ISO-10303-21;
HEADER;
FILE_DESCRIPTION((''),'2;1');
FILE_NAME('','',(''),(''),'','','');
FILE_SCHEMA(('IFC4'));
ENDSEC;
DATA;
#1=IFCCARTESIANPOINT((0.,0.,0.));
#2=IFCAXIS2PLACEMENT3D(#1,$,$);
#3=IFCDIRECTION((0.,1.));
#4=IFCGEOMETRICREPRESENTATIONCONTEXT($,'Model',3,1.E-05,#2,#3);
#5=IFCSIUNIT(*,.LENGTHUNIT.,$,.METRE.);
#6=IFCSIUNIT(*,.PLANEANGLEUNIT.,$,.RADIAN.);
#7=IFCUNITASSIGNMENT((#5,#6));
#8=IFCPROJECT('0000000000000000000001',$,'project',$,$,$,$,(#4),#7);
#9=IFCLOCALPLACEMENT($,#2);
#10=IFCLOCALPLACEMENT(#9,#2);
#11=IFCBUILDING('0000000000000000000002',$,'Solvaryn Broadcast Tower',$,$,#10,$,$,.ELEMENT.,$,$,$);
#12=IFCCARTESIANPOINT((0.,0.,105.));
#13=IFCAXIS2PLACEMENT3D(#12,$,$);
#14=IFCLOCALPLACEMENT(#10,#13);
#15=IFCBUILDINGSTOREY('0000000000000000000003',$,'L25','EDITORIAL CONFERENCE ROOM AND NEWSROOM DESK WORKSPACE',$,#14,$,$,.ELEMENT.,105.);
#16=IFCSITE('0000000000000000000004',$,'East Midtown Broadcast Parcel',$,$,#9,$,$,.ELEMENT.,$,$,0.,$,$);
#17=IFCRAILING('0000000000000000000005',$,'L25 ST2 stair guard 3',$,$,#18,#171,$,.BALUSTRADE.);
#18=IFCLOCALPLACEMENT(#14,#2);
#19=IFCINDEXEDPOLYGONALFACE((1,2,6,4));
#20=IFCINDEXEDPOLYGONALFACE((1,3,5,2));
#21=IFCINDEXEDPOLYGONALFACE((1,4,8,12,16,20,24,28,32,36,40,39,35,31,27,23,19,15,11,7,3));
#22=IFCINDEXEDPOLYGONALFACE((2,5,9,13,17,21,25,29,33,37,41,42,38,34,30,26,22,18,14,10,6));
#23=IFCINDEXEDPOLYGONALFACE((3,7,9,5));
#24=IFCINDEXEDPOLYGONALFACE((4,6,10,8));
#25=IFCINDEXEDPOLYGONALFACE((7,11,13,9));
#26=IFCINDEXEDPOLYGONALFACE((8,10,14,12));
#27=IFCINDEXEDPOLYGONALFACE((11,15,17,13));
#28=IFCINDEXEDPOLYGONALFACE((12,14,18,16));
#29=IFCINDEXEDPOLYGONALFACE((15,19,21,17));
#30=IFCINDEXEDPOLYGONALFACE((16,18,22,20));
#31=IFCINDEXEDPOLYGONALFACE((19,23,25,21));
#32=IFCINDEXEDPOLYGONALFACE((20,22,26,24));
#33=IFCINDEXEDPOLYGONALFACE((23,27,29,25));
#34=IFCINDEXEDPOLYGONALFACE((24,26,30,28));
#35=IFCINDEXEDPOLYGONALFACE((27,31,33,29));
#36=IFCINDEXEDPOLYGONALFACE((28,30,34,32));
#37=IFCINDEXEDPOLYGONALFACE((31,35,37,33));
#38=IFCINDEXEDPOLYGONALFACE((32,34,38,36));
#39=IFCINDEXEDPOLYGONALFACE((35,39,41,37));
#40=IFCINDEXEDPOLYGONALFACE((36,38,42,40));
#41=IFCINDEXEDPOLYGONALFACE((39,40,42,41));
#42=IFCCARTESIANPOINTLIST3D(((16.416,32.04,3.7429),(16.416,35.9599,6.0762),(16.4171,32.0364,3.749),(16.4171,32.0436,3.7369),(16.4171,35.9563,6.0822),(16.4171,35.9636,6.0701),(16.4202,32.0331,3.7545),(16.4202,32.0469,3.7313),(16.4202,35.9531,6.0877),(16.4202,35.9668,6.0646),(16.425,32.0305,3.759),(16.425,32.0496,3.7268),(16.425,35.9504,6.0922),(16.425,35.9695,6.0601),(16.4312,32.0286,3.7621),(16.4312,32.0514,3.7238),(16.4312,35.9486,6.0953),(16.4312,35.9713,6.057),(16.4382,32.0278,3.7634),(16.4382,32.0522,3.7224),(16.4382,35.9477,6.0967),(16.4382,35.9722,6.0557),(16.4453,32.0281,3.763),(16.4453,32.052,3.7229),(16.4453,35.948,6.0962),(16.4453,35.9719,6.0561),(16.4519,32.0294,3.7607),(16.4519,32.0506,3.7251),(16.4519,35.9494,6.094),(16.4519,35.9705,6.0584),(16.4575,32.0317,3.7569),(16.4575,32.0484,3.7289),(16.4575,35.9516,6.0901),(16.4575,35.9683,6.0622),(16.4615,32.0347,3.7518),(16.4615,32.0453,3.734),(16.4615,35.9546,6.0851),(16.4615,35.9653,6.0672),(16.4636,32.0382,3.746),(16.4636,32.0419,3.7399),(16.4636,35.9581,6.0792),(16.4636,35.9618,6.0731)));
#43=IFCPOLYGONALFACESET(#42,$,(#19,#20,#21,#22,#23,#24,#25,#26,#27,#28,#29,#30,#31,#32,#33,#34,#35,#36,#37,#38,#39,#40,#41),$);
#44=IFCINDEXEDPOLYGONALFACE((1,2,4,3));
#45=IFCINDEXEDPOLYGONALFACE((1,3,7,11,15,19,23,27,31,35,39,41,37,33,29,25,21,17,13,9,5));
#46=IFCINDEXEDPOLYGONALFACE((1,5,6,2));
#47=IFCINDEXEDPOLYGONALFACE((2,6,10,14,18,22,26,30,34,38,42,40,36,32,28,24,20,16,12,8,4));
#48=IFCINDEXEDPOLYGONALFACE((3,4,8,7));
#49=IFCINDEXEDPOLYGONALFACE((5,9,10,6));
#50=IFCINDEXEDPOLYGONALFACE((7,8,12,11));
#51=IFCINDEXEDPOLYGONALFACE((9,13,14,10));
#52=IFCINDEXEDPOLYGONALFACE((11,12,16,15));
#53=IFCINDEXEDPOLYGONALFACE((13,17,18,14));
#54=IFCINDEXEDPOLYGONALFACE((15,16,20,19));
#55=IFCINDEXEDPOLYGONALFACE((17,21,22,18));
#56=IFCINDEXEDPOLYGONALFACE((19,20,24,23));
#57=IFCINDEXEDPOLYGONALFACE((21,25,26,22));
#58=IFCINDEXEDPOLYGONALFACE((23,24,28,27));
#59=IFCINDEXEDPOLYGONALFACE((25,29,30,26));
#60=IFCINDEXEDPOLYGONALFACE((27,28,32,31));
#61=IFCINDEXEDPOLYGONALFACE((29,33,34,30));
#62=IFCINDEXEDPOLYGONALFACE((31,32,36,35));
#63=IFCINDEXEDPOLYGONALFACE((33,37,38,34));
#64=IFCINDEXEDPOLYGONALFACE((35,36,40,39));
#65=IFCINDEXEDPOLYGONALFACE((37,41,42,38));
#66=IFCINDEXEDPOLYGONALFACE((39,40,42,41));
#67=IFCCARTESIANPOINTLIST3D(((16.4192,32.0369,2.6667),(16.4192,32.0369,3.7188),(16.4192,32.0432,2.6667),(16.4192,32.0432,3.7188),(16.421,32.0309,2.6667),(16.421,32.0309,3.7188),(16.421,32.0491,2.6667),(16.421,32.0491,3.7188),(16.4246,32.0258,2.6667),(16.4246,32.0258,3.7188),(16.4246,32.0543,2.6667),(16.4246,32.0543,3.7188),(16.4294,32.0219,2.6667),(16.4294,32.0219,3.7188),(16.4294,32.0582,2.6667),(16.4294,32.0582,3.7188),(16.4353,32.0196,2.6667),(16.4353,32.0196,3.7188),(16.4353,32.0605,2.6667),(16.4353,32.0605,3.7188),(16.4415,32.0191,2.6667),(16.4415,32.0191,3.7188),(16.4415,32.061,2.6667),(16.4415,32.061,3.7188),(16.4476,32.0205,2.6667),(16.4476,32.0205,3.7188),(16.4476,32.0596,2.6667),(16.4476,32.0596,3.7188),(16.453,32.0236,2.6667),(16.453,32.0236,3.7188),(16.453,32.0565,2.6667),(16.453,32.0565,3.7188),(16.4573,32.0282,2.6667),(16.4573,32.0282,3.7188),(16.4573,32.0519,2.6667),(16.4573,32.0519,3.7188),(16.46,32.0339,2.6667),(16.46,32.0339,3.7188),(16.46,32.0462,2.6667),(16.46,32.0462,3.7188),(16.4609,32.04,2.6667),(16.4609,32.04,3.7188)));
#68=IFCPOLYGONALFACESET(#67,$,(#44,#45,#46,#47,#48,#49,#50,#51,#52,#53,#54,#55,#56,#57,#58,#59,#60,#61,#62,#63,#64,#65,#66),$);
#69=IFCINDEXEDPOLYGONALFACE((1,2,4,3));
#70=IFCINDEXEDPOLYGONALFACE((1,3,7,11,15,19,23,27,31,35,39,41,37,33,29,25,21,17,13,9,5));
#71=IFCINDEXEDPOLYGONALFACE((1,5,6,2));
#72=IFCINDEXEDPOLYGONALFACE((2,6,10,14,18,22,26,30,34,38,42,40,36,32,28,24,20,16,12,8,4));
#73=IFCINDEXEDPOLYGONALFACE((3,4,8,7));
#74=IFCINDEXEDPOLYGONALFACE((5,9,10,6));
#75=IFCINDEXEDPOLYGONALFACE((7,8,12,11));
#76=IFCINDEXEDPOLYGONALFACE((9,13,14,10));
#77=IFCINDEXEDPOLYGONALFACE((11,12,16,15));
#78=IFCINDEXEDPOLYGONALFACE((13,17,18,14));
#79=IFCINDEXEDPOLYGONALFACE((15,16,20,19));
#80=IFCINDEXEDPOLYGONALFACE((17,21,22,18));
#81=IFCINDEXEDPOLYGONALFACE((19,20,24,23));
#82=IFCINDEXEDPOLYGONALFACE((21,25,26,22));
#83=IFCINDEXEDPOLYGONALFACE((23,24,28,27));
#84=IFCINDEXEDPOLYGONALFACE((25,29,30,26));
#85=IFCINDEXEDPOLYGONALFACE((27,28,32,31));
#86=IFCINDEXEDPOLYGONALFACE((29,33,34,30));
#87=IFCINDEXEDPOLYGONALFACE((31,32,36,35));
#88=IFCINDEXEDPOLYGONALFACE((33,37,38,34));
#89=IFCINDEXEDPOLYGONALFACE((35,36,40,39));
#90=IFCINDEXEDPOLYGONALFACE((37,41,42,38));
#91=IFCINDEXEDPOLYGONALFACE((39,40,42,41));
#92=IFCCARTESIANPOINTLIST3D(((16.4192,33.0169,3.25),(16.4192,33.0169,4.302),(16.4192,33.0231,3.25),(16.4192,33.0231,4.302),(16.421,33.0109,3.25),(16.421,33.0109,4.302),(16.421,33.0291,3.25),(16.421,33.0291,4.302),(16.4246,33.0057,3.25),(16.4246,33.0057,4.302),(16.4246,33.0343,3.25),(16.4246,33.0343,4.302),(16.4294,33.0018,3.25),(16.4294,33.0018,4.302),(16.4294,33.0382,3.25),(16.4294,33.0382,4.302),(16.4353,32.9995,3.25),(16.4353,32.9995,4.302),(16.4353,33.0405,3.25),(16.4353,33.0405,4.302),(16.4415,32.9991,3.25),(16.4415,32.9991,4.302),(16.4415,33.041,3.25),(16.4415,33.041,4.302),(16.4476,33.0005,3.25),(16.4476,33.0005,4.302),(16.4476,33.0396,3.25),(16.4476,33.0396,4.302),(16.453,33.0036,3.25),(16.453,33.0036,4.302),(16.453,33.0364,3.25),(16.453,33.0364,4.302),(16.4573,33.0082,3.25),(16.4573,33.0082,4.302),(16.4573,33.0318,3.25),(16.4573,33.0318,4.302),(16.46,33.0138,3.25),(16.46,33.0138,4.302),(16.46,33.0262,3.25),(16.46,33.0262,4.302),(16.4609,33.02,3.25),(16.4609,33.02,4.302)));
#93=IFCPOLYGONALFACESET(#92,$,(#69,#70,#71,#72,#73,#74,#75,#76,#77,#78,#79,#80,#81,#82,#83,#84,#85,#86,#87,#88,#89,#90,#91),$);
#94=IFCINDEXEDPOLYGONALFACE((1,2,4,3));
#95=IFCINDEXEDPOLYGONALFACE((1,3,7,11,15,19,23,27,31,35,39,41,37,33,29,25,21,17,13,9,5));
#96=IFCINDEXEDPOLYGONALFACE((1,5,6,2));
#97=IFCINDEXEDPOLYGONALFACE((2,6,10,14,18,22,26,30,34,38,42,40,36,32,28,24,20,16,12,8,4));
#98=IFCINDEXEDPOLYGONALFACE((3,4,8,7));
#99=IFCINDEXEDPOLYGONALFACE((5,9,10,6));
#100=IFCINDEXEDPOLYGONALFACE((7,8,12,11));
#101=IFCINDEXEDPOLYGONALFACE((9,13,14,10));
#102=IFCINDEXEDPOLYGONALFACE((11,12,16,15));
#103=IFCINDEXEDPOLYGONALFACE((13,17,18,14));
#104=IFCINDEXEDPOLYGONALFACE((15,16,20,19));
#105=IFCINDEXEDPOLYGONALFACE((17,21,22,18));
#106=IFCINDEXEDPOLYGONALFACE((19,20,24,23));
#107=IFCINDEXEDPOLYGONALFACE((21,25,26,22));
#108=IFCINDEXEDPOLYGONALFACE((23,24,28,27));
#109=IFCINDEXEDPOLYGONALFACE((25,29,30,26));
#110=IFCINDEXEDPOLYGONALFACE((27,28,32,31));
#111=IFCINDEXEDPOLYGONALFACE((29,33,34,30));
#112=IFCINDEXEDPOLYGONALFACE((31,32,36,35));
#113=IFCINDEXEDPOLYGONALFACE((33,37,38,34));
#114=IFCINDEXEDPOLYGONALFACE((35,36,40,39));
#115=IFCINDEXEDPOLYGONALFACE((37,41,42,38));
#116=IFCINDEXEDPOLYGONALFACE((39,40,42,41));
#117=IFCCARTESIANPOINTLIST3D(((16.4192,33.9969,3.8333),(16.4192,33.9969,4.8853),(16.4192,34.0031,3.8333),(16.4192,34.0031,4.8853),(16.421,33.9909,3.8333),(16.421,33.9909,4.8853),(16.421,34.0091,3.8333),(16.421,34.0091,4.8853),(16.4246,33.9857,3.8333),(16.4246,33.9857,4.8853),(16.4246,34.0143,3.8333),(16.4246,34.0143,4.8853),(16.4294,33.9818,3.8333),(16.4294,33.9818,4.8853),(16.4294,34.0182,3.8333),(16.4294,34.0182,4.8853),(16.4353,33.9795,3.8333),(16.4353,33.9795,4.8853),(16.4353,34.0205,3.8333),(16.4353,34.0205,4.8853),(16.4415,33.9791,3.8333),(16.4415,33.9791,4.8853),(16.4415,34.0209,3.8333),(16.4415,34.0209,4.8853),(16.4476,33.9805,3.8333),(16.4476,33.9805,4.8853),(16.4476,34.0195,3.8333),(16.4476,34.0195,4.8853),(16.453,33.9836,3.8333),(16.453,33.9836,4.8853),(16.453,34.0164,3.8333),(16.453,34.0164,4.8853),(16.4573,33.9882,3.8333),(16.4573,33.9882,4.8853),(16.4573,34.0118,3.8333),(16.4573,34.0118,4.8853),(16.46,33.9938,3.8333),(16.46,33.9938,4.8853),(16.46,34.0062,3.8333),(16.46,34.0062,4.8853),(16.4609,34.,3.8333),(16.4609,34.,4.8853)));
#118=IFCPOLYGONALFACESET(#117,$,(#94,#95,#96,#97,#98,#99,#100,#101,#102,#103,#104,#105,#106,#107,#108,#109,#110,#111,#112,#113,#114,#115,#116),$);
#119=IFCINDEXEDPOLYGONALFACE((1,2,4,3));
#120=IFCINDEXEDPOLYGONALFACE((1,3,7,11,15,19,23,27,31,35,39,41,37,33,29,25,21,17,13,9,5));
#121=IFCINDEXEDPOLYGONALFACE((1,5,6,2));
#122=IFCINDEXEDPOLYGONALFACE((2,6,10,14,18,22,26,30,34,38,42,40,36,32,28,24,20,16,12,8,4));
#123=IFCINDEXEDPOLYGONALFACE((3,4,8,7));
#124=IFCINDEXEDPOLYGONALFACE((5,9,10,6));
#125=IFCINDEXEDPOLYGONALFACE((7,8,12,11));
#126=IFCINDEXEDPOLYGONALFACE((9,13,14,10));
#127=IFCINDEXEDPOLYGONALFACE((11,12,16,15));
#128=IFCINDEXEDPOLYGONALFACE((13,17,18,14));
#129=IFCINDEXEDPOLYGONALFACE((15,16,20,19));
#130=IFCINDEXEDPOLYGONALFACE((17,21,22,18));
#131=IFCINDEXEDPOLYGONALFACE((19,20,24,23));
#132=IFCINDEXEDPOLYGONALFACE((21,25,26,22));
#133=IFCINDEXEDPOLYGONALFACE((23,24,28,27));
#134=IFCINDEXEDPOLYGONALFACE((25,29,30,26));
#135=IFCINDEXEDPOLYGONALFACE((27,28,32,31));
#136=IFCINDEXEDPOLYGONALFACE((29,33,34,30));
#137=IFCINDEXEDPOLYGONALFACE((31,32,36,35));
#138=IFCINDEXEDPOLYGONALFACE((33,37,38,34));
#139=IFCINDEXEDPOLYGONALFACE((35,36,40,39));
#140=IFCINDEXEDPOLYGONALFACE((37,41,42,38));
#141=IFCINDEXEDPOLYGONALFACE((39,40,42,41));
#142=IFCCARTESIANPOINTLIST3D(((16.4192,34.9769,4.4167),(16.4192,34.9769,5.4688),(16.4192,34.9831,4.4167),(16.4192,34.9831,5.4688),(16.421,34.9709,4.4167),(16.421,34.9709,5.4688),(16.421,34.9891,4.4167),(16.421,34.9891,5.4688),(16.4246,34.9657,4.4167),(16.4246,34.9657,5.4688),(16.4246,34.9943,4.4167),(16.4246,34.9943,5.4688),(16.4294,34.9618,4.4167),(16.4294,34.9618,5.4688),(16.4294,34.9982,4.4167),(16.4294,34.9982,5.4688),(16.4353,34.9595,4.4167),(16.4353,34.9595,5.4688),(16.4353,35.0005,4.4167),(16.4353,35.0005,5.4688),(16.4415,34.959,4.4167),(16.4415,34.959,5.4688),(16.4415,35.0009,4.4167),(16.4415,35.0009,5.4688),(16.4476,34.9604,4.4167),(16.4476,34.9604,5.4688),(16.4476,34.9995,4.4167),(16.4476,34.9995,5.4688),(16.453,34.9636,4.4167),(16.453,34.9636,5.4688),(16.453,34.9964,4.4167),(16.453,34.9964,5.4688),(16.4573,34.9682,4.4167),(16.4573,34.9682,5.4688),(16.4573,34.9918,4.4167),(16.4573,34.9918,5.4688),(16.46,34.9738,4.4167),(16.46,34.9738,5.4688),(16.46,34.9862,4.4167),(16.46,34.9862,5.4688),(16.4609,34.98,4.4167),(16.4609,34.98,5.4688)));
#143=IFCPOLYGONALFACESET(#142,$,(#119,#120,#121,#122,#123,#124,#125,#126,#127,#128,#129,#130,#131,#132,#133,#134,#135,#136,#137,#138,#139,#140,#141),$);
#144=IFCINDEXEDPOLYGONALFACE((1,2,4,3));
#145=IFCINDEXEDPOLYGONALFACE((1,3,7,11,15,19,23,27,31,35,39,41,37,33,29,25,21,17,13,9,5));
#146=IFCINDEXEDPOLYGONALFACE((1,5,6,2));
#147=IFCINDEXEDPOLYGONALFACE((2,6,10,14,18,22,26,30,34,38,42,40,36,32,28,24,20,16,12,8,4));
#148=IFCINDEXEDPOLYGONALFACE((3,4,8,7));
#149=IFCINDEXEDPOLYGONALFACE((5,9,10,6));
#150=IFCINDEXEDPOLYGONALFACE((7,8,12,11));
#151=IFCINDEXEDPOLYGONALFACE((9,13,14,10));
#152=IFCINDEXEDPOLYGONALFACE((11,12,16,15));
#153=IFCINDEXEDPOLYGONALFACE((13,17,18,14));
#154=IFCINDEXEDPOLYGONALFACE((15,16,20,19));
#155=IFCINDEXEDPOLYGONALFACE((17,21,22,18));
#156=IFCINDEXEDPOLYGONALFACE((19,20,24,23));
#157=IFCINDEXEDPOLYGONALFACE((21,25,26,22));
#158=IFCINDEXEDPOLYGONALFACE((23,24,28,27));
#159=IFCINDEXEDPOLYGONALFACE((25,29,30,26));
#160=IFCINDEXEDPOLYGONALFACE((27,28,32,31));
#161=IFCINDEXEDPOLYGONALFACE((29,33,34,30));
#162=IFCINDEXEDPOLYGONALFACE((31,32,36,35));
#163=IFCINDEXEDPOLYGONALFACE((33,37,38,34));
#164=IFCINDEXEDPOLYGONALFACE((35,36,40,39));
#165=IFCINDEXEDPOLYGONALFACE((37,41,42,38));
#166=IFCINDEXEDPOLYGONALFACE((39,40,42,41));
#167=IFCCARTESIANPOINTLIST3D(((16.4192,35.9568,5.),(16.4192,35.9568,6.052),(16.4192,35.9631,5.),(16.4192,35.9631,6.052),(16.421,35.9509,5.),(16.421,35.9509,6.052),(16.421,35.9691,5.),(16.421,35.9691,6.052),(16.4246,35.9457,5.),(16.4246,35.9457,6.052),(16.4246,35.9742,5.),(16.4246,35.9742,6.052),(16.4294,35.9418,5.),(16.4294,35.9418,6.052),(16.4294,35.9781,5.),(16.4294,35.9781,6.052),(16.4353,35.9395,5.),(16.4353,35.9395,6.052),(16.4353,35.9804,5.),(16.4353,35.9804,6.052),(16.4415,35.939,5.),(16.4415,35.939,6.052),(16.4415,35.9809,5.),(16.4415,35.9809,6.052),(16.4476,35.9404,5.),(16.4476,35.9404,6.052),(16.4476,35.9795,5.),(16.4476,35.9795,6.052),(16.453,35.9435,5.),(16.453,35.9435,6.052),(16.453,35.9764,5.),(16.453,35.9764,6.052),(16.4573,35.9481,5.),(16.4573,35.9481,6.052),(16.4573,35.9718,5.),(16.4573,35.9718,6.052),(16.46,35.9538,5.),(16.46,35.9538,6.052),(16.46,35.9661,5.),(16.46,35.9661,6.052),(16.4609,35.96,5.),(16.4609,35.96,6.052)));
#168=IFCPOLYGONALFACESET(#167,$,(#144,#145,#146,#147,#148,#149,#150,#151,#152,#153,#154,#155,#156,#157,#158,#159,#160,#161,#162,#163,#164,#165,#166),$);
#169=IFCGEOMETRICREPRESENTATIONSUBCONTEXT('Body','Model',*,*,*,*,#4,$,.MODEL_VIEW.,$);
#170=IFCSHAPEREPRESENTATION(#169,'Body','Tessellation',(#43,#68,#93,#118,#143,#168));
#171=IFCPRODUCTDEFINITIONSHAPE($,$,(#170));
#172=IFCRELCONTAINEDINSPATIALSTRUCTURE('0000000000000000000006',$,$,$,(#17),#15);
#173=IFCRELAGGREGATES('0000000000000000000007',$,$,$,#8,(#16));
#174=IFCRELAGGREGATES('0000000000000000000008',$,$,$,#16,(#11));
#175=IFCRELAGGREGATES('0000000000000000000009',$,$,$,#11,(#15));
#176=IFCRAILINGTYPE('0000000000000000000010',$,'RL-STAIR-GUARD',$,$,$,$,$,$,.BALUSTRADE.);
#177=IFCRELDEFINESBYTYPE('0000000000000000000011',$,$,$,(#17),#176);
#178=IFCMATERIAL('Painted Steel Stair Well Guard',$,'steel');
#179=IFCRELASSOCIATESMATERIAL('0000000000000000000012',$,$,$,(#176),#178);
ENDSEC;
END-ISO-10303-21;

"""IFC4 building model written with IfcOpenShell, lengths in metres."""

from ifc_helpers import new_model, si_unit, direction, frame, origin, origin_2d, place, context, subcontext, project, spatial, circle, extrude, material, type_object, element, save


model = new_model("IFC4")

# Units and contexts
model_context = context("Model", 3, precision=1e-05, world=origin(), true_north=direction((0.0, 1.0)))
body_context = subcontext(model_context, "Body", "Model", "MODEL_VIEW")
ifc_project = project(units=[si_unit("LENGTHUNIT", "METRE"), si_unit("PLANEANGLEUNIT", "RADIAN")], contexts=[model_context])

# Site, building, storey
site_placement = place(None, origin())
site = spatial("IfcSite", under=ifc_project, at=site_placement, Name="East Midtown Broadcast Parcel", CompositionType="ELEMENT", RefElevation=0.0)
building_placement = place(site_placement, origin())
building = spatial("IfcBuilding", under=site, at=building_placement, Name="Solvaryn Broadcast Tower", CompositionType="ELEMENT")
storey_placement = place(building_placement, frame((0.0, 0.0, 105.0)))
storey = spatial("IfcBuildingStorey", under=building, at=storey_placement, Name="L25", Description="EDITORIAL CONFERENCE ROOM AND NEWSROOM DESK WORKSPACE", CompositionType="ELEMENT", Elevation=105.0)

# Railing
ifc_material_1 = material(Name="Painted Steel Stair Well Guard", Category="steel")
railing_type_1 = type_object("IfcRailingType", Name="RL-STAIR-GUARD", PredefinedType="BALUSTRADE", material=ifc_material_1)
railing_1_placement = place(storey_placement, frame((16.4399, 32.04, 2.6667)))
element("IfcRailing", 1, at=railing_1_placement, inside=storey, type_object=railing_type_1, Name="L25 ST2 stair guard 3", PredefinedType="BALUSTRADE", context=body_context, shape_type="SweptSolid", body=[
    extrude(circle(Radius=0.0239, at=origin_2d()), frame((0.0, 0.0, 1.0762), z_axis=(0.0, 0.859296, 0.511478), x_axis=(-1.0, 0.0, 0.0)), (0.0, 0.0, 1.0), 4.5618),
    extrude(circle(Radius=0.021, at=origin_2d()), origin(), (0.0, 0.0, 1.0), 1.052),
    extrude(circle(Radius=0.021, at=origin_2d()), frame((0.0, 0.98, 0.5833)), (0.0, 0.0, 1.0), 1.052),
    extrude(circle(Radius=0.021, at=origin_2d()), frame((0.0, 1.96, 1.1665)), (0.0, 0.0, 1.0), 1.052),
    extrude(circle(Radius=0.021, at=origin_2d()), frame((0.0, 2.9399, 1.75)), (0.0, 0.0, 1.0), 1.052),
    extrude(circle(Radius=0.021, at=origin_2d()), frame((0.0, 3.9199, 2.3333)), (0.0, 0.0, 1.0), 1.052),
])

save(model, "model.ifc")
